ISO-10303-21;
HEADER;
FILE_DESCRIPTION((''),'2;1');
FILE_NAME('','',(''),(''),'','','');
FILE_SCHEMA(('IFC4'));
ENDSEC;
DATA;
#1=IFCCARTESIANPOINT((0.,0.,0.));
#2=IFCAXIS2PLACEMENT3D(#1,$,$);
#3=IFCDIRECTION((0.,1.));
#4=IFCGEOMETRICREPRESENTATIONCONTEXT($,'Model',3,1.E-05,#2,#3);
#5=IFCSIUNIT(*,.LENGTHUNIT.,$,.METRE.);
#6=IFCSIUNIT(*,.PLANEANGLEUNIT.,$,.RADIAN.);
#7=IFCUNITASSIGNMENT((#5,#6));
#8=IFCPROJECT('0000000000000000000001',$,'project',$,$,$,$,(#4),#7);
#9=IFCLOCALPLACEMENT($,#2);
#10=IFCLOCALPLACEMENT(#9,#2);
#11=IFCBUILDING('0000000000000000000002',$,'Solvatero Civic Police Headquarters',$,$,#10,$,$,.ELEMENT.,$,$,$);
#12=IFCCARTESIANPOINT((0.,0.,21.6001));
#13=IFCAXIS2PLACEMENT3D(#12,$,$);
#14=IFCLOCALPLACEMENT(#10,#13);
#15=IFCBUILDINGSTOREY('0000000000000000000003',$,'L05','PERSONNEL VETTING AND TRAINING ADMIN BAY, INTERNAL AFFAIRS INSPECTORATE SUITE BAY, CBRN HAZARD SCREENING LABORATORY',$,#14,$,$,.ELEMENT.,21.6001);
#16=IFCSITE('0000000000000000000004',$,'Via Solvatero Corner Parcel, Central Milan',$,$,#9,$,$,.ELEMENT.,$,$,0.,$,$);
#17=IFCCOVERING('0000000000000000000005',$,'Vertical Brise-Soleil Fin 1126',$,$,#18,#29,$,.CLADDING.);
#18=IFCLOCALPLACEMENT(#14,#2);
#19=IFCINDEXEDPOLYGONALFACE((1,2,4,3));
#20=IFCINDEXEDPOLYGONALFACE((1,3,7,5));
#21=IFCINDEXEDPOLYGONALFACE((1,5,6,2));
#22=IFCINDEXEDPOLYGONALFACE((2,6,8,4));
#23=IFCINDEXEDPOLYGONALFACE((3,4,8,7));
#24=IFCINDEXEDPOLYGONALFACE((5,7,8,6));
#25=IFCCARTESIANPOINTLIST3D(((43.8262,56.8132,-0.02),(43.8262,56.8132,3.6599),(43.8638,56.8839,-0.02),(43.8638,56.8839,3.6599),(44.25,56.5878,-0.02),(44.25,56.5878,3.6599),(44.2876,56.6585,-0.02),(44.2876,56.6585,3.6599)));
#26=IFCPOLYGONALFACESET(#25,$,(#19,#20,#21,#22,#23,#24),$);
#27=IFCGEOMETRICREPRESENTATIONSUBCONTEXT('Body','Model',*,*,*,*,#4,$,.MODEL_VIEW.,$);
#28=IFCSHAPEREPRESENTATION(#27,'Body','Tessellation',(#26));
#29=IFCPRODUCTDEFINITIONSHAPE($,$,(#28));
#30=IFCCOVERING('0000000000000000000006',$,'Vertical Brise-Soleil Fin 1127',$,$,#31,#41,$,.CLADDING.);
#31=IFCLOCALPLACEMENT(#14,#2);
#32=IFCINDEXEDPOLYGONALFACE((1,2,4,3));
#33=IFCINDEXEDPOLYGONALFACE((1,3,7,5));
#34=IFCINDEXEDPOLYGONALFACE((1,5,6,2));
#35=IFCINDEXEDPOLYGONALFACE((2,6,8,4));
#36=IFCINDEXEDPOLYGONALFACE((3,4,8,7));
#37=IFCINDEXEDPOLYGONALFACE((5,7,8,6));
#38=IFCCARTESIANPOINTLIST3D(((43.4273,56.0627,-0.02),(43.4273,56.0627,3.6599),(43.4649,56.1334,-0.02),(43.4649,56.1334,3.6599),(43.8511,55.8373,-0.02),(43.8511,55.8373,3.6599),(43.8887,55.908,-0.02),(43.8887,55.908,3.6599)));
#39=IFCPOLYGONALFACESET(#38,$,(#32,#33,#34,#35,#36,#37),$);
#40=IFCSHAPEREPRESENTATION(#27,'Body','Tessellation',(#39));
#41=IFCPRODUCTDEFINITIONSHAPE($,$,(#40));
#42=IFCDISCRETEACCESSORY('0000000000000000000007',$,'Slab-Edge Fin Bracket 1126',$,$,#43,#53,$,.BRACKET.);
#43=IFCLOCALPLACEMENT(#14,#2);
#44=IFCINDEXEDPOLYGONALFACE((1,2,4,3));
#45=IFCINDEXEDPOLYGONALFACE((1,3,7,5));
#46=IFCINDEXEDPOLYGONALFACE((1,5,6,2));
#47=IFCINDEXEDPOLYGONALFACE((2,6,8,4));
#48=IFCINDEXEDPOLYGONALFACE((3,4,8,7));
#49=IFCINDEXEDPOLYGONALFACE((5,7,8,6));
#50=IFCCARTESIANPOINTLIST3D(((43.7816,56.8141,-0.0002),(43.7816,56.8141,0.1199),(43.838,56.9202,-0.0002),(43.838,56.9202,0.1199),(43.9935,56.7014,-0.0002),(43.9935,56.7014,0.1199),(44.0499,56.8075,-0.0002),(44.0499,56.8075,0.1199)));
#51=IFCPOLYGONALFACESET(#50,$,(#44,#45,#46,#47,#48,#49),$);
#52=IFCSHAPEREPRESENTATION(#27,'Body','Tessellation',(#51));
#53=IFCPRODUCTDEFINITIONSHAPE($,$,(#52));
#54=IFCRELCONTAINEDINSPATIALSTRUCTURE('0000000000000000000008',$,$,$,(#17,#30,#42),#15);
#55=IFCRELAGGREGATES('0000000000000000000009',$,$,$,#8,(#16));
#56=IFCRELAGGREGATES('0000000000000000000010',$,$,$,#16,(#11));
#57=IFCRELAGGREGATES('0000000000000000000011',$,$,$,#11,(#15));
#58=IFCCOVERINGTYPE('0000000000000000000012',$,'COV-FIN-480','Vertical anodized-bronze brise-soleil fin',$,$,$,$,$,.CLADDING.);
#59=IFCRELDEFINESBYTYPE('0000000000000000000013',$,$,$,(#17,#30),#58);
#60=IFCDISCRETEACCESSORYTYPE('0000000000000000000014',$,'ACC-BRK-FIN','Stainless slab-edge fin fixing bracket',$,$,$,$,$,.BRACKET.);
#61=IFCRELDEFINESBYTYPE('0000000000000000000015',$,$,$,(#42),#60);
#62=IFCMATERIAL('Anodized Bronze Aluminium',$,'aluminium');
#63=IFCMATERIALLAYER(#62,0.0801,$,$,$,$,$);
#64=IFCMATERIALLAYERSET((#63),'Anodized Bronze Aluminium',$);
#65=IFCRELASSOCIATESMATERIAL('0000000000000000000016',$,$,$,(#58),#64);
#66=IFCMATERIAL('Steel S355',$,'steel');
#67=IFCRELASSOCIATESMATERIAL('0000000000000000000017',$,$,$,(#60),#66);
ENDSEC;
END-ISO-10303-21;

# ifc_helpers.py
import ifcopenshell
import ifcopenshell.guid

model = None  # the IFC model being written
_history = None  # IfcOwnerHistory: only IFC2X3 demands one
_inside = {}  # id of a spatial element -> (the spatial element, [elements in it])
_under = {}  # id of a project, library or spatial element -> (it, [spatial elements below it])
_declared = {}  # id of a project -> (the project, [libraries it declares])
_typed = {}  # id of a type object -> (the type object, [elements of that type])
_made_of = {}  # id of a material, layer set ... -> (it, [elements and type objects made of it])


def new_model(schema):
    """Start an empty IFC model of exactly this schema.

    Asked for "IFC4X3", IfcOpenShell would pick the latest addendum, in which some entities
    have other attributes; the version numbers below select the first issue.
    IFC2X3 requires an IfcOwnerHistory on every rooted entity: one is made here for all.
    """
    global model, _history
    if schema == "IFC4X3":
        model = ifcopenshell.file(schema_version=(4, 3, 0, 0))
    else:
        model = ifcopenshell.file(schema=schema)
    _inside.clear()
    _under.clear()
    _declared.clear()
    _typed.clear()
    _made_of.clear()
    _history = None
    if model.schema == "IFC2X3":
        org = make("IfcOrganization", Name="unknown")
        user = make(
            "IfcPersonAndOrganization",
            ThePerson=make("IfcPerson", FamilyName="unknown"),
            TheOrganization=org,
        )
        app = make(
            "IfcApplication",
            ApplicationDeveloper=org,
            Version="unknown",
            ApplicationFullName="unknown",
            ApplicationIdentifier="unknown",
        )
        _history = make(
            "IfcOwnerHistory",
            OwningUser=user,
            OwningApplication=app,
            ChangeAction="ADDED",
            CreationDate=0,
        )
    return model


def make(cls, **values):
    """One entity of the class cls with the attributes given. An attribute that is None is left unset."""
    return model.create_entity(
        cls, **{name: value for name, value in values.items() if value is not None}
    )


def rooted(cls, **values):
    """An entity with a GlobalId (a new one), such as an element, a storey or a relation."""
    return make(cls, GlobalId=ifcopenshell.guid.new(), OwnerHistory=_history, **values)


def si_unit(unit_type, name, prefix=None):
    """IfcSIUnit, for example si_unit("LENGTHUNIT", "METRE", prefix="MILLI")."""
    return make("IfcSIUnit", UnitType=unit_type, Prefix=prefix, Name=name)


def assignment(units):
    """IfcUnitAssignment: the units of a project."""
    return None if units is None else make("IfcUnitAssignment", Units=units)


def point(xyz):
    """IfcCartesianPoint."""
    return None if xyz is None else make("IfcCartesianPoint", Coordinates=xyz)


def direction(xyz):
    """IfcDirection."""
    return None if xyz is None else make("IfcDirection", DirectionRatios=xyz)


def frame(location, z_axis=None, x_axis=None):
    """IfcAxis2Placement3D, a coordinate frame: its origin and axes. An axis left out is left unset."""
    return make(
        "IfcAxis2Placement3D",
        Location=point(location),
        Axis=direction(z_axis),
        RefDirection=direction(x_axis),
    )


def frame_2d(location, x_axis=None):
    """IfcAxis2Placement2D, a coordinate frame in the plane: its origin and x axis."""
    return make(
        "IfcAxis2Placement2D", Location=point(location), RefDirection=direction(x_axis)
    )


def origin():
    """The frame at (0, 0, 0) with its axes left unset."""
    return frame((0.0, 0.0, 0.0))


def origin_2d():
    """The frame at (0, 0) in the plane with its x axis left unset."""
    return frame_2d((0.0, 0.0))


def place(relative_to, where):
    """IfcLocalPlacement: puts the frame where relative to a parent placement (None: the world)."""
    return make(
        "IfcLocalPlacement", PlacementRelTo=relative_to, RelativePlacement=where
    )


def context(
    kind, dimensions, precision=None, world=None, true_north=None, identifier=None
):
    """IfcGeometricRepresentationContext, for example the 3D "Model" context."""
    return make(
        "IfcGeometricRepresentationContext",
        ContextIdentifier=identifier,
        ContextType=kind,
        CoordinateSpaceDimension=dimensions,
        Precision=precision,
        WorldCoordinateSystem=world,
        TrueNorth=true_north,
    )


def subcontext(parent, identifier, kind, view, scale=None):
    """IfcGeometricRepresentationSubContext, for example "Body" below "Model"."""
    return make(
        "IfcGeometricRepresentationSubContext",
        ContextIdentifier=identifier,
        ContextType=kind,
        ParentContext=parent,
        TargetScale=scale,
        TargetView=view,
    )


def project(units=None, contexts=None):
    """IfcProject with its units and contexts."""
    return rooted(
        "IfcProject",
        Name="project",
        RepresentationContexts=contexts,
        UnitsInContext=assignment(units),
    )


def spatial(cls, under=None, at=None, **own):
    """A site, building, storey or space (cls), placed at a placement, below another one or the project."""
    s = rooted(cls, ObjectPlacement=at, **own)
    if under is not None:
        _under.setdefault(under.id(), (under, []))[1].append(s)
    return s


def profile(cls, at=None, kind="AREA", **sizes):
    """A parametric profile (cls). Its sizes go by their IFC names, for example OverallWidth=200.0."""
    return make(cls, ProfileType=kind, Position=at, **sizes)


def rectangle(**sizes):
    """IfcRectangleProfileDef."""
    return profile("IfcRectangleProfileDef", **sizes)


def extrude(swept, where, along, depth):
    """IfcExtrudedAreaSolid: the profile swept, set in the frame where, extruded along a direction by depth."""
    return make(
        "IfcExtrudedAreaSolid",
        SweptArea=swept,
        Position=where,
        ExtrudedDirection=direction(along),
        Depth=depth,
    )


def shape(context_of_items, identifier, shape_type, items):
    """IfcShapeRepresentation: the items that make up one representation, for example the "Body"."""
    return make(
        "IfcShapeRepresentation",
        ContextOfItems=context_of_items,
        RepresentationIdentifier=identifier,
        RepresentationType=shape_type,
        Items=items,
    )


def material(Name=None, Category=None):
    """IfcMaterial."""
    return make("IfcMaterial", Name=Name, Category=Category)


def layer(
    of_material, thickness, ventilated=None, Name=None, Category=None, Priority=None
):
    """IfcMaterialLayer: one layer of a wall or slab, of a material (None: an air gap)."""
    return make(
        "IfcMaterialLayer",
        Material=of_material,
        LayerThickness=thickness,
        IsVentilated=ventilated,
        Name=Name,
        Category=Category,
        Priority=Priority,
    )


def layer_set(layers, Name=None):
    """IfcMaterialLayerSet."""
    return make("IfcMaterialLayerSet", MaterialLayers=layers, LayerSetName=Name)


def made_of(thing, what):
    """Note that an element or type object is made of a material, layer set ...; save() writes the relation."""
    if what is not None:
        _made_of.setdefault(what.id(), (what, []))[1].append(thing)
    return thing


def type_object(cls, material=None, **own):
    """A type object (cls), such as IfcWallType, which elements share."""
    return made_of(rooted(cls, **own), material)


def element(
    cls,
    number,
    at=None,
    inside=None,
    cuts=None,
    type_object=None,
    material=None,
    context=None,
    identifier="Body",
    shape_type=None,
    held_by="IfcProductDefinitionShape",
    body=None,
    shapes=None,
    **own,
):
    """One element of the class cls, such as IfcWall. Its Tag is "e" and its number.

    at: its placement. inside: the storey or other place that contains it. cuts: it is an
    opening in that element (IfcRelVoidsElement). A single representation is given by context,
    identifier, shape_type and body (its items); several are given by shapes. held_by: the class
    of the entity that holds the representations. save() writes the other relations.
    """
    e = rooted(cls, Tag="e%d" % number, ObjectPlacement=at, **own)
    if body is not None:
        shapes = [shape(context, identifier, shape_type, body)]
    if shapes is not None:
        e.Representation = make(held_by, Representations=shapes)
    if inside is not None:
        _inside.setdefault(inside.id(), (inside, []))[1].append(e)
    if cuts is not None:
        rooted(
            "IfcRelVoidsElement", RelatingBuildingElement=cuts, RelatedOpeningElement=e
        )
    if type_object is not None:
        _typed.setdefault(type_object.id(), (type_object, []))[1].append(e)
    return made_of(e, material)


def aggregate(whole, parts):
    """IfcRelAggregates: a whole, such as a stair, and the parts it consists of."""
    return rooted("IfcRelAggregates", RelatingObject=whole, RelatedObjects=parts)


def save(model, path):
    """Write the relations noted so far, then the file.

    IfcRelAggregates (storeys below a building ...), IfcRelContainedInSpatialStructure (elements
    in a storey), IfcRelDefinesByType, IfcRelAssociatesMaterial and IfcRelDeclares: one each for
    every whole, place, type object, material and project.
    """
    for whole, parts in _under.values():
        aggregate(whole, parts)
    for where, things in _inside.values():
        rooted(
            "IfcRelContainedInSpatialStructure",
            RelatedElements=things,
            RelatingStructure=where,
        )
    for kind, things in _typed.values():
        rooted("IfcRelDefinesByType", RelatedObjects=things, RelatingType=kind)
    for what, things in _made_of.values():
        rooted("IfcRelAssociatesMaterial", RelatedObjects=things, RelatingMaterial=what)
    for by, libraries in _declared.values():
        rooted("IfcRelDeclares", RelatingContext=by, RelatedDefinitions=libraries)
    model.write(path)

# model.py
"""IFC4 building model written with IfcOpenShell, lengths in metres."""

from ifc_helpers import new_model, si_unit, direction, frame, origin, origin_2d, place, context, subcontext, project, spatial, rectangle, extrude, material, layer, layer_set, type_object, element, save


model = new_model("IFC4")

# Units and contexts
model_context = context("Model", 3, precision=1e-05, world=origin(), true_north=direction((0.0, 1.0)))
body_context = subcontext(model_context, "Body", "Model", "MODEL_VIEW")
ifc_project = project(units=[si_unit("LENGTHUNIT", "METRE"), si_unit("PLANEANGLEUNIT", "RADIAN")], contexts=[model_context])

# Site, building, storey
site_placement = place(None, origin())
site = spatial("IfcSite", under=ifc_project, at=site_placement, Name="Via Solvatero Corner Parcel, Central Milan", CompositionType="ELEMENT", RefElevation=0.0)
building_placement = place(site_placement, origin())
building = spatial("IfcBuilding", under=site, at=building_placement, Name="Solvatero Civic Police Headquarters", CompositionType="ELEMENT")
storey_placement = place(building_placement, frame((0.0, 0.0, 21.6001)))
storey = spatial("IfcBuildingStorey", under=building, at=storey_placement, Name="L05", Description="PERSONNEL VETTING AND TRAINING ADMIN BAY, INTERNAL AFFAIRS INSPECTORATE SUITE BAY, CBRN HAZARD SCREENING LABORATORY", CompositionType="ELEMENT", Elevation=21.6001)

# Shared definitions
ifc_material_1 = material(Name="Steel S355", Category="steel")

# Shared definitions
ifc_material_2 = material(Name="Anodized Bronze Aluminium", Category="aluminium")

# Coverings
ifc_layer_1 = layer(ifc_material_2, 0.0801)
ifc_layer_set_1 = layer_set([ifc_layer_1], Name="Anodized Bronze Aluminium")
covering_type = type_object("IfcCoveringType", Name="COV-FIN-480", Description="Vertical anodized-bronze brise-soleil fin", PredefinedType="CLADDING", material=ifc_layer_set_1)
for number, where, z_axis, x_axis, name in (
    (1, (44.0569, 56.7358, -0.02), (0.0, 0.0, 1.0), (-0.469472, -0.882948, 0.0), "Vertical Brise-Soleil Fin 1126"),
    (2, (43.658, 55.9854, -0.02), (0.0, 0.0, 1.0), (-0.469472, -0.882948, 0.0), "Vertical Brise-Soleil Fin 1127"),
):
    element("IfcCovering", number, at=place(storey_placement, frame(where, z_axis=z_axis, x_axis=x_axis)), inside=storey, type_object=covering_type, Name=name, PredefinedType="CLADDING", context=body_context, shape_type="SweptSolid", body=[
        extrude(rectangle(XDim=0.0801, YDim=0.48, at=origin_2d()), origin(), (0.0, 0.0, 1.0), 3.6799),
    ])

# Discrete accessory
discrete_accessory_type = type_object("IfcDiscreteAccessoryType", Name="ACC-BRK-FIN", Description="Stainless slab-edge fin fixing bracket", PredefinedType="BRACKET", material=ifc_material_1)
discrete_accessory_placement = place(storey_placement, frame((43.9158, 56.8108, -0.0002), z_axis=(0.0, 0.0, 1.0), x_axis=(-0.469472, -0.882948, 0.0)))
element("IfcDiscreteAccessory", 3, at=discrete_accessory_placement, inside=storey, type_object=discrete_accessory_type, Name="Slab-Edge Fin Bracket 1126", PredefinedType="BRACKET", context=body_context, shape_type="SweptSolid", body=[
    extrude(rectangle(XDim=0.1201, YDim=0.24, at=origin_2d()), origin(), (0.0, 0.0, 1.0), 0.1201),
])

save(model, "model.ifc")
